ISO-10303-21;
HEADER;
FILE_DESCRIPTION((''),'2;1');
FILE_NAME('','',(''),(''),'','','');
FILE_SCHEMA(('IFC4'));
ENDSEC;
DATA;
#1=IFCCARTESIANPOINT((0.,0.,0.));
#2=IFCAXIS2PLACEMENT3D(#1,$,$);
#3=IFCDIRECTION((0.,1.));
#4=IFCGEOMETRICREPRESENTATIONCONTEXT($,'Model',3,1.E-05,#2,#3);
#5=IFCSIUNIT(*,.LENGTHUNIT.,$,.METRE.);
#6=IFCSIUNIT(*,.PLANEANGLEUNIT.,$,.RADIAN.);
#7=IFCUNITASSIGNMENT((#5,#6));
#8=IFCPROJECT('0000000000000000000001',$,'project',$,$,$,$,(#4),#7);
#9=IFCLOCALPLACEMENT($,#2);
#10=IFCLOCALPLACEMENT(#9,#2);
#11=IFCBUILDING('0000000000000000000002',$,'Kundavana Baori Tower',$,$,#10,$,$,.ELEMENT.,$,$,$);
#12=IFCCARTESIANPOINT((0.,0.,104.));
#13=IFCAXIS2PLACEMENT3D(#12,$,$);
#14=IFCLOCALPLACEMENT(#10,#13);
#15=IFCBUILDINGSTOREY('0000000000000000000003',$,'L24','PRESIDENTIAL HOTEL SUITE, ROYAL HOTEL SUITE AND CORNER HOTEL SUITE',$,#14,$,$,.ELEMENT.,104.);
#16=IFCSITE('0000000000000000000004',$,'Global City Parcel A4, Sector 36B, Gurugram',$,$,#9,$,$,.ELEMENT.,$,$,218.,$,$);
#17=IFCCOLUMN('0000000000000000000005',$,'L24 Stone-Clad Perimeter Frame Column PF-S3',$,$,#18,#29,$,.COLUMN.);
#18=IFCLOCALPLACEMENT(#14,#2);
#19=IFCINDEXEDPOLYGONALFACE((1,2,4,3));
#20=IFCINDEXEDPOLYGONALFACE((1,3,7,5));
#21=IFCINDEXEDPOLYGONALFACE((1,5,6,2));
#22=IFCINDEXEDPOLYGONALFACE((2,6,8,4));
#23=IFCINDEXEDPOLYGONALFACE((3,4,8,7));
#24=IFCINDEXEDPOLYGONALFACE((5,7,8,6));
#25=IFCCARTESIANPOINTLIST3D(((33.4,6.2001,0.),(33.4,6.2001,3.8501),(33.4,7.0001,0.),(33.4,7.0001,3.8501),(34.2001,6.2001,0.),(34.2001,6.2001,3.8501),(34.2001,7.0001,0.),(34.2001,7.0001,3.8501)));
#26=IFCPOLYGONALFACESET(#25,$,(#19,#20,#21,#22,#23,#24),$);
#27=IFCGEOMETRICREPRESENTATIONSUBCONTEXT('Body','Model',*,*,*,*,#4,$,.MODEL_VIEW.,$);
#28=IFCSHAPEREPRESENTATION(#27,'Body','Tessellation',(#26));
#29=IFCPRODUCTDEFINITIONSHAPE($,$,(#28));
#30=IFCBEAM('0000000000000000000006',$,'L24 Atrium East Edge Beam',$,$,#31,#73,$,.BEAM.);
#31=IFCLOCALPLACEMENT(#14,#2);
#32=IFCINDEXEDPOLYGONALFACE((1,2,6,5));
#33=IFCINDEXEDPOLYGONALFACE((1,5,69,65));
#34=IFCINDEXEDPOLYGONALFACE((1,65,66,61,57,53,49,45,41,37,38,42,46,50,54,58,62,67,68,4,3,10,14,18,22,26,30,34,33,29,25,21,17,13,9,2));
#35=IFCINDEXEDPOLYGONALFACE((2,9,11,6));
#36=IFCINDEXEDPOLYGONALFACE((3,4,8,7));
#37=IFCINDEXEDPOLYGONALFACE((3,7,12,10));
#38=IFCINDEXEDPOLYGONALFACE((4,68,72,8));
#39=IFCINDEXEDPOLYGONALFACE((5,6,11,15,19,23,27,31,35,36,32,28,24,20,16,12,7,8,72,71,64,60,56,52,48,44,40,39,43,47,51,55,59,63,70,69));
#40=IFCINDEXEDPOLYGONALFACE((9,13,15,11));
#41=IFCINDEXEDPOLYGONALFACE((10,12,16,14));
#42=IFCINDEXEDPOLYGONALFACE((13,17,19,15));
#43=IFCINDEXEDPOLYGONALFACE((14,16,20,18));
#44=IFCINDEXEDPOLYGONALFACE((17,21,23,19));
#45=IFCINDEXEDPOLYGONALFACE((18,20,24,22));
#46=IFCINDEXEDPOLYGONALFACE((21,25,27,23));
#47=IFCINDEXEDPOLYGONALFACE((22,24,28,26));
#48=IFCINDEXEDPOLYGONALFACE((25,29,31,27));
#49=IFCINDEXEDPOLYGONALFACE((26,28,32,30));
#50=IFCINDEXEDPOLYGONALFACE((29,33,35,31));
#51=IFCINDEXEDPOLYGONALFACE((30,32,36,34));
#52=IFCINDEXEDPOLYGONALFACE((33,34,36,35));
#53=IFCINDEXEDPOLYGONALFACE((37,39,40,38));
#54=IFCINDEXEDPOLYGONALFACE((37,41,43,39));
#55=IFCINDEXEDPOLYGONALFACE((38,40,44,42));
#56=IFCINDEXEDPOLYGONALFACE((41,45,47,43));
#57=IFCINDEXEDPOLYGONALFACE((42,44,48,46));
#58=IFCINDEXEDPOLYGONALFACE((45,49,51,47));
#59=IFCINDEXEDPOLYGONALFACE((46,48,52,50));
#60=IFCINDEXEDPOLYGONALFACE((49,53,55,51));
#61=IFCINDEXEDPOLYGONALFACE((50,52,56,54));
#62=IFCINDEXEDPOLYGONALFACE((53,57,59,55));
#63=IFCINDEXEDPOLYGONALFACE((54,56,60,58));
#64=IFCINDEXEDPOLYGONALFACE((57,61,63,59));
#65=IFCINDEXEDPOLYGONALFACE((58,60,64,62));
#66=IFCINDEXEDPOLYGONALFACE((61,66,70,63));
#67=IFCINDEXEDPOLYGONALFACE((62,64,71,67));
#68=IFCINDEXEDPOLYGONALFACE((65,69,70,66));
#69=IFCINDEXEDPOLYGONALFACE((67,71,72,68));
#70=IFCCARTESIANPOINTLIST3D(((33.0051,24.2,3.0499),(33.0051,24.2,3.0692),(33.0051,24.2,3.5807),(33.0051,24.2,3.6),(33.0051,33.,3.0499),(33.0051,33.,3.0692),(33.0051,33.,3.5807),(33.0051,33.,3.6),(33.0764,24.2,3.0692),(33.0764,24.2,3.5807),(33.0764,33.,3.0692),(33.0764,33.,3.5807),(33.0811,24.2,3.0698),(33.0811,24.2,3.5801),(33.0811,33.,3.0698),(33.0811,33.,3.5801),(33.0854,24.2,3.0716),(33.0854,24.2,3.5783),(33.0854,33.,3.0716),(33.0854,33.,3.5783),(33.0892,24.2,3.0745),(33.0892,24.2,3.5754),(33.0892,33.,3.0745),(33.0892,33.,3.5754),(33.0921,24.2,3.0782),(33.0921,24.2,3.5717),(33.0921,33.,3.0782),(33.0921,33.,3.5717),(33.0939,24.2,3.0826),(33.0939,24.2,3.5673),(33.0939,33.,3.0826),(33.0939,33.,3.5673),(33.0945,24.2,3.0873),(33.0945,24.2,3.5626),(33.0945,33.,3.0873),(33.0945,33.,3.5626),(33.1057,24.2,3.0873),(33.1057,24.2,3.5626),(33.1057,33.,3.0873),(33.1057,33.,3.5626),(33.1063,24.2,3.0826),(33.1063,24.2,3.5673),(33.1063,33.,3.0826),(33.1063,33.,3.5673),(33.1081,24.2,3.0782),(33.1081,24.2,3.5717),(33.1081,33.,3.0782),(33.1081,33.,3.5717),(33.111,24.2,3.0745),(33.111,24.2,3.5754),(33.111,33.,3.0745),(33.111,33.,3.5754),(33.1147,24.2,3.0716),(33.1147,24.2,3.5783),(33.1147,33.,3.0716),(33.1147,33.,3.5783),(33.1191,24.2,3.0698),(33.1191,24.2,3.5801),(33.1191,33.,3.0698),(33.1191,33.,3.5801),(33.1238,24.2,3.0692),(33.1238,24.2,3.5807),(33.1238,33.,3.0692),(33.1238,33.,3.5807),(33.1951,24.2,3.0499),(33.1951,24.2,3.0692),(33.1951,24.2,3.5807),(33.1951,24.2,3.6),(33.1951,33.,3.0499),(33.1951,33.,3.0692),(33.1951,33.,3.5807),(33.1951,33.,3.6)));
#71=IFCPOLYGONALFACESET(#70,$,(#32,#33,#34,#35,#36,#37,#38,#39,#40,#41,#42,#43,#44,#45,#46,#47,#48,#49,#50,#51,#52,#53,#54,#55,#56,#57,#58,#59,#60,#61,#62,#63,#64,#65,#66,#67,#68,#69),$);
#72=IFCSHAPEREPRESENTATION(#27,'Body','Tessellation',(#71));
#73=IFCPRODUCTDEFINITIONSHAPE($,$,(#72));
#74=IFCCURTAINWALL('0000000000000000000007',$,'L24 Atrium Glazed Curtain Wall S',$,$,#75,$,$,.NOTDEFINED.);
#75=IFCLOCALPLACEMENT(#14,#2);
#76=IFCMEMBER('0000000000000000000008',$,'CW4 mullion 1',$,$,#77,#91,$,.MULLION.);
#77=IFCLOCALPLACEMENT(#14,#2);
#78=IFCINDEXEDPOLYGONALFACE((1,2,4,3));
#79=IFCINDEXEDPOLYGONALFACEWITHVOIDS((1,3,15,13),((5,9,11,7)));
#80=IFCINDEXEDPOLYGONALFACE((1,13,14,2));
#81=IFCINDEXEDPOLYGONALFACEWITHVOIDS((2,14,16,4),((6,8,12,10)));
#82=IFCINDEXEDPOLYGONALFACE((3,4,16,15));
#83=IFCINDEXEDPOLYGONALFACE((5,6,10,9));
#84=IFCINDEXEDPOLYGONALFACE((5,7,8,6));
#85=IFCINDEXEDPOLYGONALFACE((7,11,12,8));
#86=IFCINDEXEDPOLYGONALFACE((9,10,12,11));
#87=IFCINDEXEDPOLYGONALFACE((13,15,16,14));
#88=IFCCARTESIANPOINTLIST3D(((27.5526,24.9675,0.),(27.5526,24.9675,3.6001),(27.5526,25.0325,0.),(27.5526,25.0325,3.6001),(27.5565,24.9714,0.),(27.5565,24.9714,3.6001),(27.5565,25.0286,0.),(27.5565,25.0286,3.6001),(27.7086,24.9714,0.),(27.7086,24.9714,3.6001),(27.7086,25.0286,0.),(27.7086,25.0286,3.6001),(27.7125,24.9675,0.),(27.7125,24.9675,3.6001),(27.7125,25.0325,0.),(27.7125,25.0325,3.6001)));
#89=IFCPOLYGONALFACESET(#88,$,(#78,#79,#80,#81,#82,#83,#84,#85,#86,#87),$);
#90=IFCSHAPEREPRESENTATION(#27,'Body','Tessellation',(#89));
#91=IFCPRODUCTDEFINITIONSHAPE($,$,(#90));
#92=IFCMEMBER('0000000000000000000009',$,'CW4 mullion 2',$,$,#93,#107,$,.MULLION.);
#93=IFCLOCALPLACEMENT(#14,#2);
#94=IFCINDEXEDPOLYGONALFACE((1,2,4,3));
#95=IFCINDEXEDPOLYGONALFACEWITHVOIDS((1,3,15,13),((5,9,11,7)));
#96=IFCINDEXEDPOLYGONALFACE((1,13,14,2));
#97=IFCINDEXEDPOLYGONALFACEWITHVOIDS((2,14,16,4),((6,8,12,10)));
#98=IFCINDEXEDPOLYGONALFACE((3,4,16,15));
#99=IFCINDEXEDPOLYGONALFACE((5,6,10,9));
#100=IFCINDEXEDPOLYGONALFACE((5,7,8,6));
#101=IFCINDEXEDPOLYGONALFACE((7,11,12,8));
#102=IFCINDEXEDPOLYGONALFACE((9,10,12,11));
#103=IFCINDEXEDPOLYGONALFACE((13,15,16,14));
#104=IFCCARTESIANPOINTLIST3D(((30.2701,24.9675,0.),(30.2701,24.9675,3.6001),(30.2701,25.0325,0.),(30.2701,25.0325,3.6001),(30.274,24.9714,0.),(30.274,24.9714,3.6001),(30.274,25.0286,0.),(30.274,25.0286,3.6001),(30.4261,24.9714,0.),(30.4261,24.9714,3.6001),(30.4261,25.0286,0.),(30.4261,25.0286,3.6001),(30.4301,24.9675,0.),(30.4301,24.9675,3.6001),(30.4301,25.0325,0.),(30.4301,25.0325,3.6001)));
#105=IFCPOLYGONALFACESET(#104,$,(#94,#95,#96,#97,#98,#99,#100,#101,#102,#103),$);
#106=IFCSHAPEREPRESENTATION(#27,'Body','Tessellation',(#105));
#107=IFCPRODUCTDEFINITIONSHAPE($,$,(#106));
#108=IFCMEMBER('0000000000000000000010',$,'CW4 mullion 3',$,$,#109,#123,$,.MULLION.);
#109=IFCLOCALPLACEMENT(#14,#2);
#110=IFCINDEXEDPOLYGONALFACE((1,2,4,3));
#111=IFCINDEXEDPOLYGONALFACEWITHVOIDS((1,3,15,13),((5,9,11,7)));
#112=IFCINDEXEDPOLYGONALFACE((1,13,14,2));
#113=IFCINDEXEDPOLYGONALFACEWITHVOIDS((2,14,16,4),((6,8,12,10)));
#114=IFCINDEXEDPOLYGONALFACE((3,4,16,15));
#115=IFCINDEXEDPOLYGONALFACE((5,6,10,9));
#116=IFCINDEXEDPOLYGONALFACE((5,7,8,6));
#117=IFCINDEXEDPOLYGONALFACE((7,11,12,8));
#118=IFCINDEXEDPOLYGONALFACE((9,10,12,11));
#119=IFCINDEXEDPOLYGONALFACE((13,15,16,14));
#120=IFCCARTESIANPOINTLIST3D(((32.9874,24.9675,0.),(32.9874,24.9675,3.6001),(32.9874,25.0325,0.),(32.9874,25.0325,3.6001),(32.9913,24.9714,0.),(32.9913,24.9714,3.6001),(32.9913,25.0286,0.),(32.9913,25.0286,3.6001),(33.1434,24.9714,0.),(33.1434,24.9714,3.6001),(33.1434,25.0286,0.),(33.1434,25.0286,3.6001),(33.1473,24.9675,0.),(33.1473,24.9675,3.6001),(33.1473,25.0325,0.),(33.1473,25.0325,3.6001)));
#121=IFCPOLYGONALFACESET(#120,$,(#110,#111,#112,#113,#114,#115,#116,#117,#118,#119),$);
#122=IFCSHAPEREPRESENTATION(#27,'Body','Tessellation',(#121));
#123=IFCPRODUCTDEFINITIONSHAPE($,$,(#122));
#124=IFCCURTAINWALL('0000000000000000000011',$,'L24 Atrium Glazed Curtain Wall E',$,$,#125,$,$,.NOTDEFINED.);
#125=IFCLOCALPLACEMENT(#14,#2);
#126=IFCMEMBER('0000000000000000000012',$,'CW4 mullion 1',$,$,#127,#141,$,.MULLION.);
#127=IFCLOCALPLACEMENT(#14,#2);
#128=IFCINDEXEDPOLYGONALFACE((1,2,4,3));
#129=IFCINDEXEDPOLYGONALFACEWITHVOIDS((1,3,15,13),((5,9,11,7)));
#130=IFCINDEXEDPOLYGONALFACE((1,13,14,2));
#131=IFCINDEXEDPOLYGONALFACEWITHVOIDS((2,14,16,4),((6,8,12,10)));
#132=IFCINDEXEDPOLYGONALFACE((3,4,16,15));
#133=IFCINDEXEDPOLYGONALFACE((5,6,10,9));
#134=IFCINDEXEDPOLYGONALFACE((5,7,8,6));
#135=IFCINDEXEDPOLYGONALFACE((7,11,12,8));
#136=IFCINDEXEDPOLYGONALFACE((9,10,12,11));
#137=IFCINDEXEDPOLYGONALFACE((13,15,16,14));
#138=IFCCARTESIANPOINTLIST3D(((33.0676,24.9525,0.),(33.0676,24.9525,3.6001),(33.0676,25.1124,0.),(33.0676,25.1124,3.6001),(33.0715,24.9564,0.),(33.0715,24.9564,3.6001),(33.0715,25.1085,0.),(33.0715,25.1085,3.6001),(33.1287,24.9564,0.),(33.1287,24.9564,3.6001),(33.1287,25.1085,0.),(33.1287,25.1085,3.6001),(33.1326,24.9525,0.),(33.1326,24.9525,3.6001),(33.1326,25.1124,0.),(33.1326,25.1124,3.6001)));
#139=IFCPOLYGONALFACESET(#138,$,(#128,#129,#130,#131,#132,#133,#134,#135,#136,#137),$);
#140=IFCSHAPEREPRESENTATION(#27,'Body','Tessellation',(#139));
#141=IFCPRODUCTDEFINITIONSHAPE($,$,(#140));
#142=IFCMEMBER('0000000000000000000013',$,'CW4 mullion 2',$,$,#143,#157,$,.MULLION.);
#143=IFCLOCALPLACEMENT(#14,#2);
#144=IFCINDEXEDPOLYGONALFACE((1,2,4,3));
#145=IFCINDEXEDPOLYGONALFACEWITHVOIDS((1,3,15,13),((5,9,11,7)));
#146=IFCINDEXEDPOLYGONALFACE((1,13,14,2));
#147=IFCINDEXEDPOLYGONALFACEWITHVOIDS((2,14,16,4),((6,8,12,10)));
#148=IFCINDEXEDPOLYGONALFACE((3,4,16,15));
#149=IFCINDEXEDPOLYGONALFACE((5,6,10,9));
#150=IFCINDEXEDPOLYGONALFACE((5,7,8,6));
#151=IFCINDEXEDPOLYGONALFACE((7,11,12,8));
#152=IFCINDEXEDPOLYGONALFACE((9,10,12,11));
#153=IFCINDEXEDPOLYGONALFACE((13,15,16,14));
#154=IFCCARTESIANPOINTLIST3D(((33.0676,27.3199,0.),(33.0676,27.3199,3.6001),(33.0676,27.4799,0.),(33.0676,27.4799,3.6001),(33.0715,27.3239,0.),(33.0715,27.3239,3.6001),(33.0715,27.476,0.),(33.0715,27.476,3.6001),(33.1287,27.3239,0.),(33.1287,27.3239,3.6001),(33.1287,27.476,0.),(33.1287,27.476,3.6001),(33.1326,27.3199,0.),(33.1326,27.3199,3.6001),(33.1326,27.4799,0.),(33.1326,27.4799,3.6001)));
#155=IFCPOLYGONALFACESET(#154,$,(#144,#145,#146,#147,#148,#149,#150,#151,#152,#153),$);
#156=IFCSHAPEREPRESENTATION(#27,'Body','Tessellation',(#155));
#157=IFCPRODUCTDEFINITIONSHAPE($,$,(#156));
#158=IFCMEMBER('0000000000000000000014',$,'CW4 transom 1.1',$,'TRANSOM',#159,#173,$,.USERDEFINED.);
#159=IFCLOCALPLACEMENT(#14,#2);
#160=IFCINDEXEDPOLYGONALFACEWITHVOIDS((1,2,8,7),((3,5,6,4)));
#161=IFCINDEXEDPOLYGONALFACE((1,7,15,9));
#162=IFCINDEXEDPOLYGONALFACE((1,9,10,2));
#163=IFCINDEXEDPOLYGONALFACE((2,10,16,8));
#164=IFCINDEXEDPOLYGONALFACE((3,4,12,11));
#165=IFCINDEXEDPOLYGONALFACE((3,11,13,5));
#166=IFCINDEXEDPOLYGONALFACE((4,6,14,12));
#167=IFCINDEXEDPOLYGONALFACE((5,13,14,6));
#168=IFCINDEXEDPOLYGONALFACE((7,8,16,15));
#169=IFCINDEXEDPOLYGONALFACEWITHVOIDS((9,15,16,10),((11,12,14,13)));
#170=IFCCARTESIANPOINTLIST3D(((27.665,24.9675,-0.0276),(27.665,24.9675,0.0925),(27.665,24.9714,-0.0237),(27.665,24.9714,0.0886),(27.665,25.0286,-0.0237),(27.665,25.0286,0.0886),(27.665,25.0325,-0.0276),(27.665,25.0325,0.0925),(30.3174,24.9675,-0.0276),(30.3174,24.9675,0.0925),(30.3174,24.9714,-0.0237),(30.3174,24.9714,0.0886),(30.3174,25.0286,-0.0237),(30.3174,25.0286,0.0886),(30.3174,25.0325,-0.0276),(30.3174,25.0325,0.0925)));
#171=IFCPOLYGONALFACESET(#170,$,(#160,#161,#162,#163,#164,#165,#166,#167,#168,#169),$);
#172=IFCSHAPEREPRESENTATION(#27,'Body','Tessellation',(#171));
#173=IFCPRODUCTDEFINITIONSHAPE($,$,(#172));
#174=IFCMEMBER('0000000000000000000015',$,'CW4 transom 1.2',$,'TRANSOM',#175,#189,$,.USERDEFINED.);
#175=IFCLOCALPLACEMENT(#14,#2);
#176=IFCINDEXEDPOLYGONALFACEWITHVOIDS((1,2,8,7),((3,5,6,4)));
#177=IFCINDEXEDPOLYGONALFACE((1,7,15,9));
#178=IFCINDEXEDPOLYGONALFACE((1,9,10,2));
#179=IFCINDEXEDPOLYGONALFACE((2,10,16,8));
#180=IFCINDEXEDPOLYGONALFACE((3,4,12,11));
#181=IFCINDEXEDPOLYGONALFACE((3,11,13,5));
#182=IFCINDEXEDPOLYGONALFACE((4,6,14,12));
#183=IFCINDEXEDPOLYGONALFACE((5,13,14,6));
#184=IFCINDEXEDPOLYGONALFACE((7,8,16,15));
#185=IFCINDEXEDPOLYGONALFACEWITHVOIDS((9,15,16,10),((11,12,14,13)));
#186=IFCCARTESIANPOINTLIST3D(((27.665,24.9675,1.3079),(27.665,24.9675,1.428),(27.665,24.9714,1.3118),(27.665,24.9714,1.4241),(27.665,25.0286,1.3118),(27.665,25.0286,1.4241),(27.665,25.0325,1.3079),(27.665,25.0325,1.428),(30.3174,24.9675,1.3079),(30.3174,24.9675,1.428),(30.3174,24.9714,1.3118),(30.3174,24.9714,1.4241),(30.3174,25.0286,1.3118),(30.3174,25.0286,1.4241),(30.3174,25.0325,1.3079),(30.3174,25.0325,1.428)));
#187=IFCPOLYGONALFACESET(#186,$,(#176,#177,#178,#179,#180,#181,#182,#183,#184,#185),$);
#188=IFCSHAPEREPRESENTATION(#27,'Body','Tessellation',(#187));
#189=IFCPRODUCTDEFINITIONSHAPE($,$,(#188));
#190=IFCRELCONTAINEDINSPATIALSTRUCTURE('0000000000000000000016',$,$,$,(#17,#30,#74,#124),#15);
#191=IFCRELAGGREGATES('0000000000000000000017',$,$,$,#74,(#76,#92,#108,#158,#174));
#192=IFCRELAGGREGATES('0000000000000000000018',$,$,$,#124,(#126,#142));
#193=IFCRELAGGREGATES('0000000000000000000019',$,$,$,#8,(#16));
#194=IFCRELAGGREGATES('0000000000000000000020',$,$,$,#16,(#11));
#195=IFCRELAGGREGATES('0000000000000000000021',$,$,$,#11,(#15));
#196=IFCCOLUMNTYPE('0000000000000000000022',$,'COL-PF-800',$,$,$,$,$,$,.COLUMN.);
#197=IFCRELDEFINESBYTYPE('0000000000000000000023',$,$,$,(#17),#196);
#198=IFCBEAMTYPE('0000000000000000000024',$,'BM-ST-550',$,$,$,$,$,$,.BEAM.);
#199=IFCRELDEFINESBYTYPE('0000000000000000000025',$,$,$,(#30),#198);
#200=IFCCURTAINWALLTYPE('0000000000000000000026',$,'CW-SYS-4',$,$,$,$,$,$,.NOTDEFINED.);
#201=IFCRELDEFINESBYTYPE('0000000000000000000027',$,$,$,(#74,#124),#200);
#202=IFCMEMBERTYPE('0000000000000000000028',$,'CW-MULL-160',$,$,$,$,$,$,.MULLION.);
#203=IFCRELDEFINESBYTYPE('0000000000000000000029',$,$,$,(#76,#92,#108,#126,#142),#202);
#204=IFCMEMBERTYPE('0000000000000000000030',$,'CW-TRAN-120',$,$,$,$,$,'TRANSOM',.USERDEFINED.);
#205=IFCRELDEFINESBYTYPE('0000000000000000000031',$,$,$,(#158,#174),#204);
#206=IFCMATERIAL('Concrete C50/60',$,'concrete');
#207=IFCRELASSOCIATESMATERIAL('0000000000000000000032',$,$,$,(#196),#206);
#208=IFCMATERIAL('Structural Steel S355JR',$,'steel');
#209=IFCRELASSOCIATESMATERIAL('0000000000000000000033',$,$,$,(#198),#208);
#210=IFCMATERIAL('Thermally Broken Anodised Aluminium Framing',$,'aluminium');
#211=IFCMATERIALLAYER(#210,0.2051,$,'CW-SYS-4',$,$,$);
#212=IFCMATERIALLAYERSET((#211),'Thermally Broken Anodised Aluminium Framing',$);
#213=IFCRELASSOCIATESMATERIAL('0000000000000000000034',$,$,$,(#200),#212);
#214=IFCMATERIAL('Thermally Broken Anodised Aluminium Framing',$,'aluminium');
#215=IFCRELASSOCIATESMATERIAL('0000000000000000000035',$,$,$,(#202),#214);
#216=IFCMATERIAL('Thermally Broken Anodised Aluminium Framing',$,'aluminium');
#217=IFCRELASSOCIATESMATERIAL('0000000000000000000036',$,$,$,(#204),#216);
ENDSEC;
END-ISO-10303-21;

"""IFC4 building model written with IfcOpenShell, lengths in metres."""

from ifc_helpers import new_model, si_unit, direction, frame, origin, origin_2d, place, context, subcontext, project, spatial, rectangle, hollow_rectangle, i_section, extrude, material, layer, layer_set, material_profile, profile_set, type_object, element, aggregate, save


model = new_model("IFC4")

# Units and contexts
model_context = context("Model", 3, precision=1e-05, world=origin(), true_north=direction((0.0, 1.0)))
body_context = subcontext(model_context, "Body", "Model", "MODEL_VIEW")
ifc_project = project(units=[si_unit("LENGTHUNIT", "METRE"), si_unit("PLANEANGLEUNIT", "RADIAN")], contexts=[model_context])

# Site, building, storey
site_placement = place(None, origin())
site = spatial("IfcSite", under=ifc_project, at=site_placement, Name="Global City Parcel A4, Sector 36B, Gurugram", CompositionType="ELEMENT", RefElevation=218.0)
building_placement = place(site_placement, origin())
building = spatial("IfcBuilding", under=site, at=building_placement, Name="Kundavana Baori Tower", CompositionType="ELEMENT")
storey_placement = place(building_placement, frame((0.0, 0.0, 104.0)))
storey = spatial("IfcBuildingStorey", under=building, at=storey_placement, Name="L24", Description="PRESIDENTIAL HOTEL SUITE, ROYAL HOTEL SUITE AND CORNER HOTEL SUITE", CompositionType="ELEMENT", Elevation=104.0)

# Column
ifc_material_1 = material(Name="Concrete C50/60", Category="concrete")
ifc_material_profile_1 = material_profile(ifc_material_1, rectangle(XDim=0.8, YDim=0.8, at=origin_2d()), Name="RC PF 800x800")
ifc_profile_set_1 = profile_set([ifc_material_profile_1], Name="Concrete C50/60")
column_type = type_object("IfcColumnType", Name="COL-PF-800", PredefinedType="COLUMN", material=ifc_profile_set_1)
column_placement = place(storey_placement, frame((33.8, 6.6001, 0.0), z_axis=(0.0, 0.0, 1.0), x_axis=(1.0, 0.0, 0.0)))
element("IfcColumn", 1, at=column_placement, inside=storey, type_object=column_type, Name="L24 Stone-Clad Perimeter Frame Column PF-S3", PredefinedType="COLUMN", context=body_context, shape_type="SweptSolid", body=[
    extrude(rectangle(XDim=0.8, YDim=0.8, at=origin_2d()), origin(), (0.0, 0.0, 1.0), 3.8501),
])

# Beam
ifc_material_2 = material(Name="Structural Steel S355JR", Category="steel")
ifc_material_profile_2 = material_profile(ifc_material_2, i_section(OverallWidth=0.1899, OverallDepth=0.55, WebThickness=0.0112, FlangeThickness=0.0193, FilletRadius=0.0181, at=origin_2d()), Name="ISMB 550")
ifc_profile_set_2 = profile_set([ifc_material_profile_2], Name="Structural Steel S355JR")
beam_type = type_object("IfcBeamType", Name="BM-ST-550", PredefinedType="BEAM", material=ifc_profile_set_2)
beam_placement = place(storey_placement, frame((33.1001, 24.2, 3.325), z_axis=(0.0, 1.0, 0.0), x_axis=(-1.0, 0.0, 0.0)))
element("IfcBeam", 2, at=beam_placement, inside=storey, type_object=beam_type, Name="L24 Atrium East Edge Beam", PredefinedType="BEAM", context=body_context, shape_type="SweptSolid", body=[
    extrude(i_section(OverallWidth=0.1899, OverallDepth=0.55, WebThickness=0.0112, FlangeThickness=0.0193, FilletRadius=0.0181, at=origin_2d()), origin(), (0.0, 0.0, 1.0), 8.8),
])

# Curtain walls, members
ifc_material_3 = material(Name="Thermally Broken Anodised Aluminium Framing", Category="aluminium")
ifc_layer_1 = layer(ifc_material_3, 0.2051, Name="CW-SYS-4")
ifc_layer_set_1 = layer_set([ifc_layer_1], Name="Thermally Broken Anodised Aluminium Framing")
curtain_wall_type = type_object("IfcCurtainWallType", Name="CW-SYS-4", PredefinedType="NOTDEFINED", material=ifc_layer_set_1)
curtain_wall_1_placement = place(storey_placement, origin())
curtain_wall_1 = element("IfcCurtainWall", 3, at=curtain_wall_1_placement, inside=storey, type_object=curtain_wall_type, Name="L24 Atrium Glazed Curtain Wall S", PredefinedType="NOTDEFINED")
ifc_material_4 = material(Name="Thermally Broken Anodised Aluminium Framing", Category="aluminium")
ifc_material_profile_3 = material_profile(ifc_material_4, hollow_rectangle(XDim=0.0649, YDim=0.1599, WallThickness=0.0039, at=origin_2d()), Name="CW-MULL-160")
ifc_profile_set_3 = profile_set([ifc_material_profile_3], Name="Thermally Broken Anodised Aluminium Framing")
member_type_1 = type_object("IfcMemberType", Name="CW-MULL-160", PredefinedType="MULLION", material=ifc_profile_set_3)
member_1_placement = place(storey_placement, frame((27.6326, 25.0, 0.0), z_axis=(0.0, 0.0, 1.0), x_axis=(0.0, 1.0, 0.0)))
member_1 = element("IfcMember", 4, at=member_1_placement, type_object=member_type_1, Name="CW4 mullion 1", PredefinedType="MULLION", context=body_context, shape_type="SweptSolid", body=[
    extrude(hollow_rectangle(XDim=0.0649, YDim=0.1599, WallThickness=0.0039, at=origin_2d()), origin(), (0.0, 0.0, 1.0), 3.6001),
])
member_2_placement = place(storey_placement, frame((30.3501, 25.0, 0.0), z_axis=(0.0, 0.0, 1.0), x_axis=(0.0, 1.0, 0.0)))
member_2 = element("IfcMember", 5, at=member_2_placement, type_object=member_type_1, Name="CW4 mullion 2", PredefinedType="MULLION", context=body_context, shape_type="SweptSolid", body=[
    extrude(hollow_rectangle(XDim=0.0649, YDim=0.1599, WallThickness=0.0039, at=origin_2d()), origin(), (0.0, 0.0, 1.0), 3.6001),
])
member_3_placement = place(storey_placement, frame((33.0674, 25.0, 0.0), z_axis=(0.0, 0.0, 1.0), x_axis=(0.0, 1.0, 0.0)))
member_3 = element("IfcMember", 6, at=member_3_placement, type_object=member_type_1, Name="CW4 mullion 3", PredefinedType="MULLION", context=body_context, shape_type="SweptSolid", body=[
    extrude(hollow_rectangle(XDim=0.0649, YDim=0.1599, WallThickness=0.0039, at=origin_2d()), origin(), (0.0, 0.0, 1.0), 3.6001),
])
curtain_wall_2_placement = place(storey_placement, origin())
curtain_wall_2 = element("IfcCurtainWall", 7, at=curtain_wall_2_placement, inside=storey, type_object=curtain_wall_type, Name="L24 Atrium Glazed Curtain Wall E", PredefinedType="NOTDEFINED")
member_4_placement = place(storey_placement, frame((33.1001, 25.0325, 0.0), z_axis=(0.0, 0.0, 1.0), x_axis=(-1.0, 0.0, 0.0)))
member_4 = element("IfcMember", 8, at=member_4_placement, type_object=member_type_1, Name="CW4 mullion 1", PredefinedType="MULLION", context=body_context, shape_type="SweptSolid", body=[
    extrude(hollow_rectangle(XDim=0.0649, YDim=0.1599, WallThickness=0.0039, at=origin_2d()), origin(), (0.0, 0.0, 1.0), 3.6001),
])
member_5_placement = place(storey_placement, frame((33.1001, 27.3999, 0.0), z_axis=(0.0, 0.0, 1.0), x_axis=(-1.0, 0.0, 0.0)))
member_5 = element("IfcMember", 9, at=member_5_placement, type_object=member_type_1, Name="CW4 mullion 2", PredefinedType="MULLION", context=body_context, shape_type="SweptSolid", body=[
    extrude(hollow_rectangle(XDim=0.0649, YDim=0.1599, WallThickness=0.0039, at=origin_2d()), origin(), (0.0, 0.0, 1.0), 3.6001),
])

# Members
ifc_material_5 = material(Name="Thermally Broken Anodised Aluminium Framing", Category="aluminium")
ifc_material_profile_4 = material_profile(ifc_material_5, hollow_rectangle(XDim=0.0649, YDim=0.1201, WallThickness=0.0039, at=origin_2d()), Name="CW-TRAN-120")
ifc_profile_set_4 = profile_set([ifc_material_profile_4], Name="Thermally Broken Anodised Aluminium Framing")
member_type_2 = type_object("IfcMemberType", Name="CW-TRAN-120", ElementType="TRANSOM", PredefinedType="USERDEFINED", material=ifc_profile_set_4)
member_6_placement = place(storey_placement, frame((27.665, 25.0, 0.0325), z_axis=(1.0, 0.0, 0.0), x_axis=(0.0, 1.0, 0.0)))
member_6 = element("IfcMember", 10, at=member_6_placement, type_object=member_type_2, Name="CW4 transom 1.1", ObjectType="TRANSOM", PredefinedType="USERDEFINED", context=body_context, shape_type="SweptSolid", body=[
    extrude(hollow_rectangle(XDim=0.0649, YDim=0.1201, WallThickness=0.0039, at=origin_2d()), origin(), (0.0, 0.0, 1.0), 2.6523),
])
member_7_placement = place(storey_placement, frame((27.665, 25.0, 1.3679), z_axis=(1.0, 0.0, 0.0), x_axis=(0.0, 1.0, 0.0)))
member_7 = element("IfcMember", 11, at=member_7_placement, type_object=member_type_2, Name="CW4 transom 1.2", ObjectType="TRANSOM", PredefinedType="USERDEFINED", context=body_context, shape_type="SweptSolid", body=[
    extrude(hollow_rectangle(XDim=0.0649, YDim=0.1201, WallThickness=0.0039, at=origin_2d()), origin(), (0.0, 0.0, 1.0), 2.6523),
])

aggregate(curtain_wall_1, [member_1, member_2, member_3, member_6, member_7])
aggregate(curtain_wall_2, [member_4, member_5])

save(model, "model.ifc")
